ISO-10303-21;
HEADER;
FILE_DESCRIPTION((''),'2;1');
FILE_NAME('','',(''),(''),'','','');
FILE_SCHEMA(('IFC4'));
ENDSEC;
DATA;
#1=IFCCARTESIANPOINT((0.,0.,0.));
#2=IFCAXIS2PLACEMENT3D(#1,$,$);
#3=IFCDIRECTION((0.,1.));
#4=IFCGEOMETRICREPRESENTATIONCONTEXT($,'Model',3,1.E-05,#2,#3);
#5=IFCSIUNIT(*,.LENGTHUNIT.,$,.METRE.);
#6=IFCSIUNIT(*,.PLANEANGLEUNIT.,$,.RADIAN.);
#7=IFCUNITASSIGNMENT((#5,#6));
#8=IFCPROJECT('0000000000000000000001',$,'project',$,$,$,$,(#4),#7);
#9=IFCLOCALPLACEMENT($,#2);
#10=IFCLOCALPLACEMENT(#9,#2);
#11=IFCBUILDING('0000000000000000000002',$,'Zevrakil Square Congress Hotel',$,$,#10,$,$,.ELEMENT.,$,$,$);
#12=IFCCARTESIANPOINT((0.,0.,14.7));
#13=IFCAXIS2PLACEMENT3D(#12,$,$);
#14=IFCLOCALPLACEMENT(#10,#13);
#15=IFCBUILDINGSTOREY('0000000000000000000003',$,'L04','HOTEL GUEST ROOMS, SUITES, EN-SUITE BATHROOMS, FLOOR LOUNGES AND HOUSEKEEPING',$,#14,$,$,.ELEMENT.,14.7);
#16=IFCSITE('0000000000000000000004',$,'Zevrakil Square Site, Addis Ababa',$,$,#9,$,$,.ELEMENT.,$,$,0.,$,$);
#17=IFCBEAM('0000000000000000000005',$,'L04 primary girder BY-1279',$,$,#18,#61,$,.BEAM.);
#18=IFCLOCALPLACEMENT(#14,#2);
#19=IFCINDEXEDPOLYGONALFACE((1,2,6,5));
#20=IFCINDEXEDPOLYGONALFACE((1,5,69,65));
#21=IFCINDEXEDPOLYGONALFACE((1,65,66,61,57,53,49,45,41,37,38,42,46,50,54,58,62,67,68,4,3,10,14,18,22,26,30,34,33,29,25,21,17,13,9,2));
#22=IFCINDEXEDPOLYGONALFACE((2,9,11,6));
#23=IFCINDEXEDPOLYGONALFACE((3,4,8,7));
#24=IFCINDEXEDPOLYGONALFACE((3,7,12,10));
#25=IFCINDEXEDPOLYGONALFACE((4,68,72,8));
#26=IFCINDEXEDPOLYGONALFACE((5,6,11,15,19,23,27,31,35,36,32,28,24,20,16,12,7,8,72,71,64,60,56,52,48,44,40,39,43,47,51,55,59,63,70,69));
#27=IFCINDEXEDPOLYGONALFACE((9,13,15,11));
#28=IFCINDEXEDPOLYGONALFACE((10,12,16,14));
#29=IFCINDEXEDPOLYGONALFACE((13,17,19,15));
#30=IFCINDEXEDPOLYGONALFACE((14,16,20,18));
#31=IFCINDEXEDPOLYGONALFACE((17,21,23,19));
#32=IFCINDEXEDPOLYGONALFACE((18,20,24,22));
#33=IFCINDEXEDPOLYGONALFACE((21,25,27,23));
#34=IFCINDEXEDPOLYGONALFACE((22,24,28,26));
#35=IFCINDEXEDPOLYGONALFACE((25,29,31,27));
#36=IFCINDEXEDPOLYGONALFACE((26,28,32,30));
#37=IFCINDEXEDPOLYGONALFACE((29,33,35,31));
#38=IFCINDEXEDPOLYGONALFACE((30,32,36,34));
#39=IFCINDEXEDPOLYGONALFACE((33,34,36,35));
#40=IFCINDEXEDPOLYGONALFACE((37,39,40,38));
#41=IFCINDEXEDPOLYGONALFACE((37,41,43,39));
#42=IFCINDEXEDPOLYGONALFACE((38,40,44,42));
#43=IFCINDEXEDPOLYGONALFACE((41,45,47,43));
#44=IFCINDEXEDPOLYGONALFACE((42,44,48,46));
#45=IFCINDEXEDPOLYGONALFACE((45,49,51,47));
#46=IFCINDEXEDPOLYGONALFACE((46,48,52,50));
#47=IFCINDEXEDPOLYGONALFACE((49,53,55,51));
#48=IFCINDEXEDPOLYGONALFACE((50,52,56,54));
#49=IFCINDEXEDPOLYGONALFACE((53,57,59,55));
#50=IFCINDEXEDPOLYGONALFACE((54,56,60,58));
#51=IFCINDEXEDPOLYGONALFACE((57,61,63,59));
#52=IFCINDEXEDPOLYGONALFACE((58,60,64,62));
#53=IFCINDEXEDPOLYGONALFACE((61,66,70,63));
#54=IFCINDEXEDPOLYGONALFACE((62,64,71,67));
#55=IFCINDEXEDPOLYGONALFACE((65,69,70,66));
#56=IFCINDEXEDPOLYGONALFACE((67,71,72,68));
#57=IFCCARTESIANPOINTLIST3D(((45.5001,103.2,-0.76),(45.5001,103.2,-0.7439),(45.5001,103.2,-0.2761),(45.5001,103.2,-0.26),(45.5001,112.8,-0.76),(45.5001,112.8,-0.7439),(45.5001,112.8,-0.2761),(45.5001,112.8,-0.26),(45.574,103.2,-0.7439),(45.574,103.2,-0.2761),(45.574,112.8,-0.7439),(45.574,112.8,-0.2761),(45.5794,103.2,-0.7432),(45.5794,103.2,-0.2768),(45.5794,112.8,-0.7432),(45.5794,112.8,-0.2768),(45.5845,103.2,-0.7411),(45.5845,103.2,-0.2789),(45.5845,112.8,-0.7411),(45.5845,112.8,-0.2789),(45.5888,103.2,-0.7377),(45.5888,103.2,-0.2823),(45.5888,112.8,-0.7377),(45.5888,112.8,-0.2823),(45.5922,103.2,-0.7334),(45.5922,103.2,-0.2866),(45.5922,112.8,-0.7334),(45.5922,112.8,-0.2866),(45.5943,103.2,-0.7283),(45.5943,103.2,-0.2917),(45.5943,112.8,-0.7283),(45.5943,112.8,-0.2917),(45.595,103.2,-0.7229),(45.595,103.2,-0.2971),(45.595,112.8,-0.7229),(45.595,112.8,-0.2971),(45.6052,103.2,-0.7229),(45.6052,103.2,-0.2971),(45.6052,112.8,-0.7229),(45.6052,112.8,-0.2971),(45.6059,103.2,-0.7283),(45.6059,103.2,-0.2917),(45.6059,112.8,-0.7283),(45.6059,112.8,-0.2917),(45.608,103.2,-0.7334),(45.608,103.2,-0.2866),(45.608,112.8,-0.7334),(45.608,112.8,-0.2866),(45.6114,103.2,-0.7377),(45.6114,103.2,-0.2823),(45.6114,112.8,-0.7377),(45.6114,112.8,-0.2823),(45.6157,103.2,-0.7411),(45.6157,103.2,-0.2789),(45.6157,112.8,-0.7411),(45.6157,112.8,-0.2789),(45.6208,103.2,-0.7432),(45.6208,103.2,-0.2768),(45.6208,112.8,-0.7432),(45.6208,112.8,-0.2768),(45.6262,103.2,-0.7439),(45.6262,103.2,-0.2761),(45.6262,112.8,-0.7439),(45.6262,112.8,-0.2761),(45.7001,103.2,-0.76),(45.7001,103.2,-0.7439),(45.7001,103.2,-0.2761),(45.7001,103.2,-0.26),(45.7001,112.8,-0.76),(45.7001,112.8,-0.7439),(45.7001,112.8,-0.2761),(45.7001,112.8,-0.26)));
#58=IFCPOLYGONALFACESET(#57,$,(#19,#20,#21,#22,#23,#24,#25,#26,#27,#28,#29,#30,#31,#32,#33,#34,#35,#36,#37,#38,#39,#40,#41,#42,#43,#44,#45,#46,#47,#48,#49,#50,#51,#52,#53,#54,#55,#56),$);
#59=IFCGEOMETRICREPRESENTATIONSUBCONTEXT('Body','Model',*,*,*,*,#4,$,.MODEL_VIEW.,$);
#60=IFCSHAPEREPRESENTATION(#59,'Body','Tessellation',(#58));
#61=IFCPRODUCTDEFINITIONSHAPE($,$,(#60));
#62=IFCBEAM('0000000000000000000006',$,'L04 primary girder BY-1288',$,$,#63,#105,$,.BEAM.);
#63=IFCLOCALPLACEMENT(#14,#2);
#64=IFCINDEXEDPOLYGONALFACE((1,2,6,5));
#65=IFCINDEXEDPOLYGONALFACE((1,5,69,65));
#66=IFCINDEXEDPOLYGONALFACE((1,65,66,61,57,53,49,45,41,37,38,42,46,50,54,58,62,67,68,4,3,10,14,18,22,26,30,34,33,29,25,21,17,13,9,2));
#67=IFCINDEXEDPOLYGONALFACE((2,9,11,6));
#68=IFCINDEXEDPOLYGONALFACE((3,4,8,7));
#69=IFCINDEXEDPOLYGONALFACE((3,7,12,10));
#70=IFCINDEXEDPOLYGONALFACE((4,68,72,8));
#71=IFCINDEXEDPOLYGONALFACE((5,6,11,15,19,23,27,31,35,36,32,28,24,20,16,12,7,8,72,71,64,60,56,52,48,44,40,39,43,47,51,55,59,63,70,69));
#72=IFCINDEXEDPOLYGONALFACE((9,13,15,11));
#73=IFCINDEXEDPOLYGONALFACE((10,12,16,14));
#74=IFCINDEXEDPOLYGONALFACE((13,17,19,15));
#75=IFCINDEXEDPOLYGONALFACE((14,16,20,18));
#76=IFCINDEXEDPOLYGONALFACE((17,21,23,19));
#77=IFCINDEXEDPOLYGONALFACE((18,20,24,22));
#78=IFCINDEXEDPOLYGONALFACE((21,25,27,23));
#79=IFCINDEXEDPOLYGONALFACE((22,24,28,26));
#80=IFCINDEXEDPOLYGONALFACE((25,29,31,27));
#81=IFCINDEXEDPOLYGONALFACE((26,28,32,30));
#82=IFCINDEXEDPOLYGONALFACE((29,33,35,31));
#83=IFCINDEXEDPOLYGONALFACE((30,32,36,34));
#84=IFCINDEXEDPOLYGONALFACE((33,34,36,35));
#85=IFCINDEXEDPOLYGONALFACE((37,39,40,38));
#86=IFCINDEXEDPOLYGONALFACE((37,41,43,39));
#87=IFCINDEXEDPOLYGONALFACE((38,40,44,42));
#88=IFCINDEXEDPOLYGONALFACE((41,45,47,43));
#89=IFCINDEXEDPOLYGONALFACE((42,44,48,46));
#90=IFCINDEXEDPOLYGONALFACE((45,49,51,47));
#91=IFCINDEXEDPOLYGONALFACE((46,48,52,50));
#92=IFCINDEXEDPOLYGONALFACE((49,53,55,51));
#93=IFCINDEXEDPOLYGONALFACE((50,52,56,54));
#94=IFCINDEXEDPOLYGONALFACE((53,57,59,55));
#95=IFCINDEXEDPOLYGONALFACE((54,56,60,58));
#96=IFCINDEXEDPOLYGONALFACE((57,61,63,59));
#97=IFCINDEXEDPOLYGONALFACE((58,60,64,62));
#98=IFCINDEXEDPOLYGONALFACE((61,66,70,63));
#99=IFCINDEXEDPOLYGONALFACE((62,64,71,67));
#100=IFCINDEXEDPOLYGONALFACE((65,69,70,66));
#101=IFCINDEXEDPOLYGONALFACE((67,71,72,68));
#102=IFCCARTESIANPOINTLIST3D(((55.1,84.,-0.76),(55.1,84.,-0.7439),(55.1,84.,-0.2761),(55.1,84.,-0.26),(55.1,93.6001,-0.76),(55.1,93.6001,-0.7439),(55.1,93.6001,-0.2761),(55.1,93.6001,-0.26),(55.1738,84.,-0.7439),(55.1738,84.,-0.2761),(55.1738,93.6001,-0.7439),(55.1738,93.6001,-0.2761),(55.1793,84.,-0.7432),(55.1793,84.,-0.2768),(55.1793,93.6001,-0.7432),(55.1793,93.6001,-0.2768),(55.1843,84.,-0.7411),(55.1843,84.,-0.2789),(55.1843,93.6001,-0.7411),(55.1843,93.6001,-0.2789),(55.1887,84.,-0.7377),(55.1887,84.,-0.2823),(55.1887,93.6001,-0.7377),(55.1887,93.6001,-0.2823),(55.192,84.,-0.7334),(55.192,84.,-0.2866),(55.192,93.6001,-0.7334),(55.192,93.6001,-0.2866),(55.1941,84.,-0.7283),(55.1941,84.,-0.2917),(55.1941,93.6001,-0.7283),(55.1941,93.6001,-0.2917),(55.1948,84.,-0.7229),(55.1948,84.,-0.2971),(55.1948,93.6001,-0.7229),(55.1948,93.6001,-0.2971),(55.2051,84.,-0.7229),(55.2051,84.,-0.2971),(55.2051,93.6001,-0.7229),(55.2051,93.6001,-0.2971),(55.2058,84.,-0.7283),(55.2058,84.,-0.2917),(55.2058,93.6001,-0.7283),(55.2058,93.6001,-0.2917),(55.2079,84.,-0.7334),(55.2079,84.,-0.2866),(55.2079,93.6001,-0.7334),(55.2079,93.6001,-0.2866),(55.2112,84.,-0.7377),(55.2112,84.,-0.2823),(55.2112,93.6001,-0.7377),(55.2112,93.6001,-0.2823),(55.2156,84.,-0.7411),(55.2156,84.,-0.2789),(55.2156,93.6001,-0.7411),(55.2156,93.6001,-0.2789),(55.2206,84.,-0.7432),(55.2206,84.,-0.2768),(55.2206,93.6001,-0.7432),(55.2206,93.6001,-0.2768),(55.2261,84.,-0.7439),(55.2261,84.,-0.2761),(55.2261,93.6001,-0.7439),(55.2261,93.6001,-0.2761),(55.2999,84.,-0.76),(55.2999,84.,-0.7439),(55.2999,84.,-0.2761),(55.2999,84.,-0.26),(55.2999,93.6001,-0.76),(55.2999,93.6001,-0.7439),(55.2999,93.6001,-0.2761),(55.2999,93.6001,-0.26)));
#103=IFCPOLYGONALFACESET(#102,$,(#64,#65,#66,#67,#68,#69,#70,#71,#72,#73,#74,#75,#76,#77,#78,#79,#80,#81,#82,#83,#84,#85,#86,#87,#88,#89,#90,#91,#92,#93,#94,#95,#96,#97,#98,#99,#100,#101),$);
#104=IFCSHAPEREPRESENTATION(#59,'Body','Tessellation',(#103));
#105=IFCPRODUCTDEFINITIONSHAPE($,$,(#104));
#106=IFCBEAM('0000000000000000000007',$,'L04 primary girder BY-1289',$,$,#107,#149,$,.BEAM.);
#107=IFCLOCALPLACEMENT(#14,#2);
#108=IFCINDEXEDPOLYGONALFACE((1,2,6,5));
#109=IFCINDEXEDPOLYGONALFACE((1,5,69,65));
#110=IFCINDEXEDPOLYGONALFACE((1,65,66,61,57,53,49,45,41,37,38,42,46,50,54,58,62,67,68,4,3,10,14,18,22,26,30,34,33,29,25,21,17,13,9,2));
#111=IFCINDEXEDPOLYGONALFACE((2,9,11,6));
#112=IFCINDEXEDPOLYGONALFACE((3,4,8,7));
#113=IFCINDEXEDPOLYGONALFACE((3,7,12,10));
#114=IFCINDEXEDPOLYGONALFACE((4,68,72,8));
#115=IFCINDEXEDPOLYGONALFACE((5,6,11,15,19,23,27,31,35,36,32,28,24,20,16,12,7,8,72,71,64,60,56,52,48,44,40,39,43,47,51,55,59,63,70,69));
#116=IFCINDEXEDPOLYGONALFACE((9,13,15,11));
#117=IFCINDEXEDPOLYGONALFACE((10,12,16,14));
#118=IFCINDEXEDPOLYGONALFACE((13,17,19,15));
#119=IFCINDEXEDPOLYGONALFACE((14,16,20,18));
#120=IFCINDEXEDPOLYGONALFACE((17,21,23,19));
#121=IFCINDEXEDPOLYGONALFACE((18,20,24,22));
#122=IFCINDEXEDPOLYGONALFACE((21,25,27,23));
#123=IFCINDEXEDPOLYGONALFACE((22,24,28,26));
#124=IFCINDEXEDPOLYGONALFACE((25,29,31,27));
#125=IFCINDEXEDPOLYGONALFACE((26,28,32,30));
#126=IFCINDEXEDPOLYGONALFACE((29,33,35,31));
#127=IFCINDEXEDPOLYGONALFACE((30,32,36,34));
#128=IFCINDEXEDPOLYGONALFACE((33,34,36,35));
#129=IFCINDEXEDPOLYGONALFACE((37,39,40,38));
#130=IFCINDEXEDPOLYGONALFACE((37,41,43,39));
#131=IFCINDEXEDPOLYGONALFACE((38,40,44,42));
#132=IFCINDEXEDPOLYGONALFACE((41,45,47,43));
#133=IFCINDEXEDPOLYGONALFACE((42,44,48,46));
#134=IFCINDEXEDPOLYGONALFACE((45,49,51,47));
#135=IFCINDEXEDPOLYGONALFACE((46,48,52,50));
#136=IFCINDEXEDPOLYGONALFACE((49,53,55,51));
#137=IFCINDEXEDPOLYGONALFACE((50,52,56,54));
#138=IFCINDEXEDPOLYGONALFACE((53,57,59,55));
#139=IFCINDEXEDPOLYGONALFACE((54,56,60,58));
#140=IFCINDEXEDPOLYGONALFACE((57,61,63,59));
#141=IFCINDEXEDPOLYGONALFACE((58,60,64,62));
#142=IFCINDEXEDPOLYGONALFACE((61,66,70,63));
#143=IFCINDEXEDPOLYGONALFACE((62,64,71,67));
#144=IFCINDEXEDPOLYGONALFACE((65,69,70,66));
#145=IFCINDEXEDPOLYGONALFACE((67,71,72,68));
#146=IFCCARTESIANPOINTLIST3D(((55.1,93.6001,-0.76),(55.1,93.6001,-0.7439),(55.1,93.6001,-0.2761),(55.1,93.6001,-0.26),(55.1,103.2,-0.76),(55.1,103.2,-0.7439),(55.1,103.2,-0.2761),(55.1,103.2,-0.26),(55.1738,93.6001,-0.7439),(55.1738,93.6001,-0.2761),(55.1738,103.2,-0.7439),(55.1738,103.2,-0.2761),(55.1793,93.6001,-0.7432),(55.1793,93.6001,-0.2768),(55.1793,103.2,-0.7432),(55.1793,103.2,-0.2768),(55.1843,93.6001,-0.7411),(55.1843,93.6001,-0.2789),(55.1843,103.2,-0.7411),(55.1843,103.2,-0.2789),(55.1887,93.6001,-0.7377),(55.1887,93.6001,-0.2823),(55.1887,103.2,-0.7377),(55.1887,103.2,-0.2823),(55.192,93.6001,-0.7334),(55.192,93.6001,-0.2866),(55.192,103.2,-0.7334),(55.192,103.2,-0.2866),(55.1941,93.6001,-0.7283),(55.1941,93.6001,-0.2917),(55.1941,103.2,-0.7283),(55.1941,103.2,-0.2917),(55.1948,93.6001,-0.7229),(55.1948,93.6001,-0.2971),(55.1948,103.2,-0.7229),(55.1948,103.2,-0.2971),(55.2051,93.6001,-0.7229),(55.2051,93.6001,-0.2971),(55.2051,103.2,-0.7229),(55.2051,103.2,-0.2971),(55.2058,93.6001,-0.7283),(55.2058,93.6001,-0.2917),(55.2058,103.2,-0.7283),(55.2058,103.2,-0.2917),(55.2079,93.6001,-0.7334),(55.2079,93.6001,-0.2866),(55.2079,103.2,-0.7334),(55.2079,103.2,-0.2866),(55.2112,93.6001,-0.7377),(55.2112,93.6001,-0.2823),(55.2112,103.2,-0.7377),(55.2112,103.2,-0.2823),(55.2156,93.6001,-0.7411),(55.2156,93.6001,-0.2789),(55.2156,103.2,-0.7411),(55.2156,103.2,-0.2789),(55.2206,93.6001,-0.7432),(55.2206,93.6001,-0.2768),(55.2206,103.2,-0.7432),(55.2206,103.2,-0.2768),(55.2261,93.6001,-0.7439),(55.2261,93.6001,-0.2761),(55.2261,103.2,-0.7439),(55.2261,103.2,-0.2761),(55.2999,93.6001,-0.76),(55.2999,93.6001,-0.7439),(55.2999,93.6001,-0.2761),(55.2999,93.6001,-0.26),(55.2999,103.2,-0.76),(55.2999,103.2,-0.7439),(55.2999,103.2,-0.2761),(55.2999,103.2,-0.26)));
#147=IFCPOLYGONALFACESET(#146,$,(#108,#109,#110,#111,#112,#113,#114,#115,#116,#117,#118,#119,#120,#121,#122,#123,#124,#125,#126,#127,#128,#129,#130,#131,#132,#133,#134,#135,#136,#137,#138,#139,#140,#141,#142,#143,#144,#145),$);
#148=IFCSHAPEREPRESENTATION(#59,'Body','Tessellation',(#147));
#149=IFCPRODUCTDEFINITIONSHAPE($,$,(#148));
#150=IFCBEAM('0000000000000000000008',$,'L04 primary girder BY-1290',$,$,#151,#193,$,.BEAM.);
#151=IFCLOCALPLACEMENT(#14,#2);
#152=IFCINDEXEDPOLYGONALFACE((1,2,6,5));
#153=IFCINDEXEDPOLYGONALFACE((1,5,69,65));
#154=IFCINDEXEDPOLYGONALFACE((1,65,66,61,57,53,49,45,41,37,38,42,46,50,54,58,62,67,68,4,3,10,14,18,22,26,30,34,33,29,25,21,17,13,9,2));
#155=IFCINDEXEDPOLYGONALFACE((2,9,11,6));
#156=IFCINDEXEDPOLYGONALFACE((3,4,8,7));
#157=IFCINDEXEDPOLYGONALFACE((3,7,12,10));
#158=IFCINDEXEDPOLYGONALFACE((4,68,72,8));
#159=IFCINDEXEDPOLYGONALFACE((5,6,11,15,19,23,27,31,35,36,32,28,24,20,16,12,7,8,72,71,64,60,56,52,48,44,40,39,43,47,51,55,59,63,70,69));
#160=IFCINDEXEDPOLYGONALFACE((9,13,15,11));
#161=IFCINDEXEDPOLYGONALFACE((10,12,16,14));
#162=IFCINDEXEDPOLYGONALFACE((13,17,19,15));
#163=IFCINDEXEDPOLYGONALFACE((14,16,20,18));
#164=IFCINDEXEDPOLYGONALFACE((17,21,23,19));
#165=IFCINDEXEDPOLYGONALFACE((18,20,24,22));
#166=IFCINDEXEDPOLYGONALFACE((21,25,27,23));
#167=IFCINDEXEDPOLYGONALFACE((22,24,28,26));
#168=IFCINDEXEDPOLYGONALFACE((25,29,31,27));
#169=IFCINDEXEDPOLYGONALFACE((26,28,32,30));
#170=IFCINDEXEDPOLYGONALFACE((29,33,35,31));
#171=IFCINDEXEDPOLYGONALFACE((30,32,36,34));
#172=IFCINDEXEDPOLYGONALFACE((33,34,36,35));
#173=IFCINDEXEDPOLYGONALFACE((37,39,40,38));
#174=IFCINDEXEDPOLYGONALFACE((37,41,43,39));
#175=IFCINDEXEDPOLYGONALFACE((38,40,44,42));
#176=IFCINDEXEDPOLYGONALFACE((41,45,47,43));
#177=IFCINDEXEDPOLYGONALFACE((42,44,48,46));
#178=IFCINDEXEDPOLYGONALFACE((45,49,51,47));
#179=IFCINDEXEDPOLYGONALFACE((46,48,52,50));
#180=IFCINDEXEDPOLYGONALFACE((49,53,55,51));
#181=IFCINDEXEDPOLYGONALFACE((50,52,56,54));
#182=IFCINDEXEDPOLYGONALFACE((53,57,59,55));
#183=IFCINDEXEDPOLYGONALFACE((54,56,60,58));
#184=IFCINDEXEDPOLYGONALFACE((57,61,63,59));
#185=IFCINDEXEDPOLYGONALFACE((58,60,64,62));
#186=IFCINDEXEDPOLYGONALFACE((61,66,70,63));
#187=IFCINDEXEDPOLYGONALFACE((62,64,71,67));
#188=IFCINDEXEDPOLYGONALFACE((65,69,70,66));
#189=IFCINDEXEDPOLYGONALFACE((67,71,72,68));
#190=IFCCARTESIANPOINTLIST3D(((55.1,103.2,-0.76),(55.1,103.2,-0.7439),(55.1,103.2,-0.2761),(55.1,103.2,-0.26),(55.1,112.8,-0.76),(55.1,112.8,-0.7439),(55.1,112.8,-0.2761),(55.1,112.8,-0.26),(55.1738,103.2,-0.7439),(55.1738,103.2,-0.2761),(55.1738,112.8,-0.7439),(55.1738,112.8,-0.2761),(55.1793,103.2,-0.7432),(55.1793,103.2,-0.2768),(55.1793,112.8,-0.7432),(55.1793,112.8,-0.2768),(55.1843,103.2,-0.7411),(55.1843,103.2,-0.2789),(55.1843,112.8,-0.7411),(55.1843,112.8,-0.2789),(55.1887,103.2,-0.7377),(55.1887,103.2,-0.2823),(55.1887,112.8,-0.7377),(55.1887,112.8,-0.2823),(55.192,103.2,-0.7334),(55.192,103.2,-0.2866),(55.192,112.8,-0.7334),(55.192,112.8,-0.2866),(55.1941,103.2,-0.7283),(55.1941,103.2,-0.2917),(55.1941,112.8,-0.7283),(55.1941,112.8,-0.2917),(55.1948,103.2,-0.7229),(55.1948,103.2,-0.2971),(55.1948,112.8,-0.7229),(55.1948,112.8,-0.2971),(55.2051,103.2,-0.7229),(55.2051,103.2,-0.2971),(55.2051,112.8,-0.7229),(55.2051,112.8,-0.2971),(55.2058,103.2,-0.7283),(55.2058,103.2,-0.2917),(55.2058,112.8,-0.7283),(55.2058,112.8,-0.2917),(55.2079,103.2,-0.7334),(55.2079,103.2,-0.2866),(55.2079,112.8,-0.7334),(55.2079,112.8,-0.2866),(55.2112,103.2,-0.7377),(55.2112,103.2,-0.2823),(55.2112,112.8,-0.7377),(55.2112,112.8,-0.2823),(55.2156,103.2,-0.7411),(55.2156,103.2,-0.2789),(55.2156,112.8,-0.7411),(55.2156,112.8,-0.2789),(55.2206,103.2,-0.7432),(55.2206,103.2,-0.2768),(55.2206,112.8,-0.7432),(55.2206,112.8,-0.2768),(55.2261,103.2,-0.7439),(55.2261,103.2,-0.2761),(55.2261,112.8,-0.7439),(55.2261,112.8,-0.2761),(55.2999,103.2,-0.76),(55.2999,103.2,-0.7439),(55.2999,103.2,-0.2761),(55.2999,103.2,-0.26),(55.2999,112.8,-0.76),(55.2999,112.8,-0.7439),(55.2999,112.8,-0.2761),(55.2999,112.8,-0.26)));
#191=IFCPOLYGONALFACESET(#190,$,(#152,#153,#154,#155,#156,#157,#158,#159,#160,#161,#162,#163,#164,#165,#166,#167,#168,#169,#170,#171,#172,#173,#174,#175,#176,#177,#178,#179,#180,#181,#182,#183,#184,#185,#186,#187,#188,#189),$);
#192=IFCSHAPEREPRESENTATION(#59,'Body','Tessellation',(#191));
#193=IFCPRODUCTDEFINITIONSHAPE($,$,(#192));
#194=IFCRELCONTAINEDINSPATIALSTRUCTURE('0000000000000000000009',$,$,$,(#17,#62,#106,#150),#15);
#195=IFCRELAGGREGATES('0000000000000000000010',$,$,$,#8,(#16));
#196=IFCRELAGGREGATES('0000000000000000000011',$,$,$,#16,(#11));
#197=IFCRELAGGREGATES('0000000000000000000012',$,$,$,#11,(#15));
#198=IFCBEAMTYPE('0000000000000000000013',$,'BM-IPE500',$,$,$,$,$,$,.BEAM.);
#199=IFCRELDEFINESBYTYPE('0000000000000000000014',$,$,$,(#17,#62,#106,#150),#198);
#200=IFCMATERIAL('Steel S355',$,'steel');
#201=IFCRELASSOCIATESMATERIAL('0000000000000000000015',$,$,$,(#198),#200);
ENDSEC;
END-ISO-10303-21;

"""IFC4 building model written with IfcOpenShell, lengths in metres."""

from ifc_helpers import new_model, si_unit, direction, frame, origin, origin_2d, place, context, subcontext, project, spatial, i_section, extrude, material, material_profile, profile_set, type_object, element, save


model = new_model("IFC4")

# Units and contexts
model_context = context("Model", 3, precision=1e-05, world=origin(), true_north=direction((0.0, 1.0)))
body_context = subcontext(model_context, "Body", "Model", "MODEL_VIEW")
ifc_project = project(units=[si_unit("LENGTHUNIT", "METRE"), si_unit("PLANEANGLEUNIT", "RADIAN")], contexts=[model_context])

# Site, building, storey
site_placement = place(None, origin())
site = spatial("IfcSite", under=ifc_project, at=site_placement, Name="Zevrakil Square Site, Addis Ababa", CompositionType="ELEMENT", RefElevation=0.0)
building_placement = place(site_placement, origin())
building = spatial("IfcBuilding", under=site, at=building_placement, Name="Zevrakil Square Congress Hotel", CompositionType="ELEMENT")
storey_placement = place(building_placement, frame((0.0, 0.0, 14.7)))
storey = spatial("IfcBuildingStorey", under=building, at=storey_placement, Name="L04", Description="HOTEL GUEST ROOMS, SUITES, EN-SUITE BATHROOMS, FLOOR LOUNGES AND HOUSEKEEPING", CompositionType="ELEMENT", Elevation=14.7)

# Beams
ifc_material_1 = material(Name="Steel S355", Category="steel")
ifc_material_profile_1 = material_profile(ifc_material_1, i_section(OverallWidth=0.2, OverallDepth=0.5, WebThickness=0.0103, FlangeThickness=0.0161, FilletRadius=0.021, at=origin_2d()), Name="IPE 500")
ifc_profile_set_1 = profile_set([ifc_material_profile_1], Name="Steel S355")
beam_type_1 = type_object("IfcBeamType", Name="BM-IPE500", PredefinedType="BEAM", material=ifc_profile_set_1)
for number, where, z_axis, x_axis, name in (
    (1, (45.6001, 103.2, -0.51), (0.0, 1.0, 0.0), (-1.0, 0.0, 0.0), "L04 primary girder BY-1279"),
    (2, (55.2, 84.0, -0.51), (0.0, 1.0, 0.0), (-1.0, 0.0, 0.0), "L04 primary girder BY-1288"),
):
    element("IfcBeam", number, at=place(storey_placement, frame(where, z_axis=z_axis, x_axis=x_axis)), inside=storey, type_object=beam_type_1, Name=name, PredefinedType="BEAM", context=body_context, shape_type="SweptSolid", body=[
        extrude(i_section(OverallWidth=0.2, OverallDepth=0.5, WebThickness=0.0103, FlangeThickness=0.0161, FilletRadius=0.021, at=origin_2d()), origin(), (0.0, 0.0, 1.0), 9.6001),
    ])
beam_1_placement = place(storey_placement, frame((55.2, 93.6001, -0.51), z_axis=(0.0, 1.0, 0.0), x_axis=(-1.0, 0.0, 0.0)))
element("IfcBeam", 3, at=beam_1_placement, inside=storey, type_object=beam_type_1, Name="L04 primary girder BY-1289", PredefinedType="BEAM", context=body_context, shape_type="SweptSolid", body=[
    extrude(i_section(OverallWidth=0.2, OverallDepth=0.5, WebThickness=0.0103, FlangeThickness=0.0161, FilletRadius=0.021, at=origin_2d()), origin(), (0.0, 0.0, 1.0), 9.5999),
])
for number, where, z_axis, x_axis, name in (
    (4, (55.2, 103.2, -0.51), (0.0, 1.0, 0.0), (-1.0, 0.0, 0.0), "L04 primary girder BY-1290"),
):
    element("IfcBeam", number, at=place(storey_placement, frame(where, z_axis=z_axis, x_axis=x_axis)), inside=storey, type_object=beam_type_1, Name=name, PredefinedType="BEAM", context=body_context, shape_type="SweptSolid", body=[
        extrude(i_section(OverallWidth=0.2, OverallDepth=0.5, WebThickness=0.0103, FlangeThickness=0.0161, FilletRadius=0.021, at=origin_2d()), origin(), (0.0, 0.0, 1.0), 9.6001),
    ])

save(model, "model.ifc")
